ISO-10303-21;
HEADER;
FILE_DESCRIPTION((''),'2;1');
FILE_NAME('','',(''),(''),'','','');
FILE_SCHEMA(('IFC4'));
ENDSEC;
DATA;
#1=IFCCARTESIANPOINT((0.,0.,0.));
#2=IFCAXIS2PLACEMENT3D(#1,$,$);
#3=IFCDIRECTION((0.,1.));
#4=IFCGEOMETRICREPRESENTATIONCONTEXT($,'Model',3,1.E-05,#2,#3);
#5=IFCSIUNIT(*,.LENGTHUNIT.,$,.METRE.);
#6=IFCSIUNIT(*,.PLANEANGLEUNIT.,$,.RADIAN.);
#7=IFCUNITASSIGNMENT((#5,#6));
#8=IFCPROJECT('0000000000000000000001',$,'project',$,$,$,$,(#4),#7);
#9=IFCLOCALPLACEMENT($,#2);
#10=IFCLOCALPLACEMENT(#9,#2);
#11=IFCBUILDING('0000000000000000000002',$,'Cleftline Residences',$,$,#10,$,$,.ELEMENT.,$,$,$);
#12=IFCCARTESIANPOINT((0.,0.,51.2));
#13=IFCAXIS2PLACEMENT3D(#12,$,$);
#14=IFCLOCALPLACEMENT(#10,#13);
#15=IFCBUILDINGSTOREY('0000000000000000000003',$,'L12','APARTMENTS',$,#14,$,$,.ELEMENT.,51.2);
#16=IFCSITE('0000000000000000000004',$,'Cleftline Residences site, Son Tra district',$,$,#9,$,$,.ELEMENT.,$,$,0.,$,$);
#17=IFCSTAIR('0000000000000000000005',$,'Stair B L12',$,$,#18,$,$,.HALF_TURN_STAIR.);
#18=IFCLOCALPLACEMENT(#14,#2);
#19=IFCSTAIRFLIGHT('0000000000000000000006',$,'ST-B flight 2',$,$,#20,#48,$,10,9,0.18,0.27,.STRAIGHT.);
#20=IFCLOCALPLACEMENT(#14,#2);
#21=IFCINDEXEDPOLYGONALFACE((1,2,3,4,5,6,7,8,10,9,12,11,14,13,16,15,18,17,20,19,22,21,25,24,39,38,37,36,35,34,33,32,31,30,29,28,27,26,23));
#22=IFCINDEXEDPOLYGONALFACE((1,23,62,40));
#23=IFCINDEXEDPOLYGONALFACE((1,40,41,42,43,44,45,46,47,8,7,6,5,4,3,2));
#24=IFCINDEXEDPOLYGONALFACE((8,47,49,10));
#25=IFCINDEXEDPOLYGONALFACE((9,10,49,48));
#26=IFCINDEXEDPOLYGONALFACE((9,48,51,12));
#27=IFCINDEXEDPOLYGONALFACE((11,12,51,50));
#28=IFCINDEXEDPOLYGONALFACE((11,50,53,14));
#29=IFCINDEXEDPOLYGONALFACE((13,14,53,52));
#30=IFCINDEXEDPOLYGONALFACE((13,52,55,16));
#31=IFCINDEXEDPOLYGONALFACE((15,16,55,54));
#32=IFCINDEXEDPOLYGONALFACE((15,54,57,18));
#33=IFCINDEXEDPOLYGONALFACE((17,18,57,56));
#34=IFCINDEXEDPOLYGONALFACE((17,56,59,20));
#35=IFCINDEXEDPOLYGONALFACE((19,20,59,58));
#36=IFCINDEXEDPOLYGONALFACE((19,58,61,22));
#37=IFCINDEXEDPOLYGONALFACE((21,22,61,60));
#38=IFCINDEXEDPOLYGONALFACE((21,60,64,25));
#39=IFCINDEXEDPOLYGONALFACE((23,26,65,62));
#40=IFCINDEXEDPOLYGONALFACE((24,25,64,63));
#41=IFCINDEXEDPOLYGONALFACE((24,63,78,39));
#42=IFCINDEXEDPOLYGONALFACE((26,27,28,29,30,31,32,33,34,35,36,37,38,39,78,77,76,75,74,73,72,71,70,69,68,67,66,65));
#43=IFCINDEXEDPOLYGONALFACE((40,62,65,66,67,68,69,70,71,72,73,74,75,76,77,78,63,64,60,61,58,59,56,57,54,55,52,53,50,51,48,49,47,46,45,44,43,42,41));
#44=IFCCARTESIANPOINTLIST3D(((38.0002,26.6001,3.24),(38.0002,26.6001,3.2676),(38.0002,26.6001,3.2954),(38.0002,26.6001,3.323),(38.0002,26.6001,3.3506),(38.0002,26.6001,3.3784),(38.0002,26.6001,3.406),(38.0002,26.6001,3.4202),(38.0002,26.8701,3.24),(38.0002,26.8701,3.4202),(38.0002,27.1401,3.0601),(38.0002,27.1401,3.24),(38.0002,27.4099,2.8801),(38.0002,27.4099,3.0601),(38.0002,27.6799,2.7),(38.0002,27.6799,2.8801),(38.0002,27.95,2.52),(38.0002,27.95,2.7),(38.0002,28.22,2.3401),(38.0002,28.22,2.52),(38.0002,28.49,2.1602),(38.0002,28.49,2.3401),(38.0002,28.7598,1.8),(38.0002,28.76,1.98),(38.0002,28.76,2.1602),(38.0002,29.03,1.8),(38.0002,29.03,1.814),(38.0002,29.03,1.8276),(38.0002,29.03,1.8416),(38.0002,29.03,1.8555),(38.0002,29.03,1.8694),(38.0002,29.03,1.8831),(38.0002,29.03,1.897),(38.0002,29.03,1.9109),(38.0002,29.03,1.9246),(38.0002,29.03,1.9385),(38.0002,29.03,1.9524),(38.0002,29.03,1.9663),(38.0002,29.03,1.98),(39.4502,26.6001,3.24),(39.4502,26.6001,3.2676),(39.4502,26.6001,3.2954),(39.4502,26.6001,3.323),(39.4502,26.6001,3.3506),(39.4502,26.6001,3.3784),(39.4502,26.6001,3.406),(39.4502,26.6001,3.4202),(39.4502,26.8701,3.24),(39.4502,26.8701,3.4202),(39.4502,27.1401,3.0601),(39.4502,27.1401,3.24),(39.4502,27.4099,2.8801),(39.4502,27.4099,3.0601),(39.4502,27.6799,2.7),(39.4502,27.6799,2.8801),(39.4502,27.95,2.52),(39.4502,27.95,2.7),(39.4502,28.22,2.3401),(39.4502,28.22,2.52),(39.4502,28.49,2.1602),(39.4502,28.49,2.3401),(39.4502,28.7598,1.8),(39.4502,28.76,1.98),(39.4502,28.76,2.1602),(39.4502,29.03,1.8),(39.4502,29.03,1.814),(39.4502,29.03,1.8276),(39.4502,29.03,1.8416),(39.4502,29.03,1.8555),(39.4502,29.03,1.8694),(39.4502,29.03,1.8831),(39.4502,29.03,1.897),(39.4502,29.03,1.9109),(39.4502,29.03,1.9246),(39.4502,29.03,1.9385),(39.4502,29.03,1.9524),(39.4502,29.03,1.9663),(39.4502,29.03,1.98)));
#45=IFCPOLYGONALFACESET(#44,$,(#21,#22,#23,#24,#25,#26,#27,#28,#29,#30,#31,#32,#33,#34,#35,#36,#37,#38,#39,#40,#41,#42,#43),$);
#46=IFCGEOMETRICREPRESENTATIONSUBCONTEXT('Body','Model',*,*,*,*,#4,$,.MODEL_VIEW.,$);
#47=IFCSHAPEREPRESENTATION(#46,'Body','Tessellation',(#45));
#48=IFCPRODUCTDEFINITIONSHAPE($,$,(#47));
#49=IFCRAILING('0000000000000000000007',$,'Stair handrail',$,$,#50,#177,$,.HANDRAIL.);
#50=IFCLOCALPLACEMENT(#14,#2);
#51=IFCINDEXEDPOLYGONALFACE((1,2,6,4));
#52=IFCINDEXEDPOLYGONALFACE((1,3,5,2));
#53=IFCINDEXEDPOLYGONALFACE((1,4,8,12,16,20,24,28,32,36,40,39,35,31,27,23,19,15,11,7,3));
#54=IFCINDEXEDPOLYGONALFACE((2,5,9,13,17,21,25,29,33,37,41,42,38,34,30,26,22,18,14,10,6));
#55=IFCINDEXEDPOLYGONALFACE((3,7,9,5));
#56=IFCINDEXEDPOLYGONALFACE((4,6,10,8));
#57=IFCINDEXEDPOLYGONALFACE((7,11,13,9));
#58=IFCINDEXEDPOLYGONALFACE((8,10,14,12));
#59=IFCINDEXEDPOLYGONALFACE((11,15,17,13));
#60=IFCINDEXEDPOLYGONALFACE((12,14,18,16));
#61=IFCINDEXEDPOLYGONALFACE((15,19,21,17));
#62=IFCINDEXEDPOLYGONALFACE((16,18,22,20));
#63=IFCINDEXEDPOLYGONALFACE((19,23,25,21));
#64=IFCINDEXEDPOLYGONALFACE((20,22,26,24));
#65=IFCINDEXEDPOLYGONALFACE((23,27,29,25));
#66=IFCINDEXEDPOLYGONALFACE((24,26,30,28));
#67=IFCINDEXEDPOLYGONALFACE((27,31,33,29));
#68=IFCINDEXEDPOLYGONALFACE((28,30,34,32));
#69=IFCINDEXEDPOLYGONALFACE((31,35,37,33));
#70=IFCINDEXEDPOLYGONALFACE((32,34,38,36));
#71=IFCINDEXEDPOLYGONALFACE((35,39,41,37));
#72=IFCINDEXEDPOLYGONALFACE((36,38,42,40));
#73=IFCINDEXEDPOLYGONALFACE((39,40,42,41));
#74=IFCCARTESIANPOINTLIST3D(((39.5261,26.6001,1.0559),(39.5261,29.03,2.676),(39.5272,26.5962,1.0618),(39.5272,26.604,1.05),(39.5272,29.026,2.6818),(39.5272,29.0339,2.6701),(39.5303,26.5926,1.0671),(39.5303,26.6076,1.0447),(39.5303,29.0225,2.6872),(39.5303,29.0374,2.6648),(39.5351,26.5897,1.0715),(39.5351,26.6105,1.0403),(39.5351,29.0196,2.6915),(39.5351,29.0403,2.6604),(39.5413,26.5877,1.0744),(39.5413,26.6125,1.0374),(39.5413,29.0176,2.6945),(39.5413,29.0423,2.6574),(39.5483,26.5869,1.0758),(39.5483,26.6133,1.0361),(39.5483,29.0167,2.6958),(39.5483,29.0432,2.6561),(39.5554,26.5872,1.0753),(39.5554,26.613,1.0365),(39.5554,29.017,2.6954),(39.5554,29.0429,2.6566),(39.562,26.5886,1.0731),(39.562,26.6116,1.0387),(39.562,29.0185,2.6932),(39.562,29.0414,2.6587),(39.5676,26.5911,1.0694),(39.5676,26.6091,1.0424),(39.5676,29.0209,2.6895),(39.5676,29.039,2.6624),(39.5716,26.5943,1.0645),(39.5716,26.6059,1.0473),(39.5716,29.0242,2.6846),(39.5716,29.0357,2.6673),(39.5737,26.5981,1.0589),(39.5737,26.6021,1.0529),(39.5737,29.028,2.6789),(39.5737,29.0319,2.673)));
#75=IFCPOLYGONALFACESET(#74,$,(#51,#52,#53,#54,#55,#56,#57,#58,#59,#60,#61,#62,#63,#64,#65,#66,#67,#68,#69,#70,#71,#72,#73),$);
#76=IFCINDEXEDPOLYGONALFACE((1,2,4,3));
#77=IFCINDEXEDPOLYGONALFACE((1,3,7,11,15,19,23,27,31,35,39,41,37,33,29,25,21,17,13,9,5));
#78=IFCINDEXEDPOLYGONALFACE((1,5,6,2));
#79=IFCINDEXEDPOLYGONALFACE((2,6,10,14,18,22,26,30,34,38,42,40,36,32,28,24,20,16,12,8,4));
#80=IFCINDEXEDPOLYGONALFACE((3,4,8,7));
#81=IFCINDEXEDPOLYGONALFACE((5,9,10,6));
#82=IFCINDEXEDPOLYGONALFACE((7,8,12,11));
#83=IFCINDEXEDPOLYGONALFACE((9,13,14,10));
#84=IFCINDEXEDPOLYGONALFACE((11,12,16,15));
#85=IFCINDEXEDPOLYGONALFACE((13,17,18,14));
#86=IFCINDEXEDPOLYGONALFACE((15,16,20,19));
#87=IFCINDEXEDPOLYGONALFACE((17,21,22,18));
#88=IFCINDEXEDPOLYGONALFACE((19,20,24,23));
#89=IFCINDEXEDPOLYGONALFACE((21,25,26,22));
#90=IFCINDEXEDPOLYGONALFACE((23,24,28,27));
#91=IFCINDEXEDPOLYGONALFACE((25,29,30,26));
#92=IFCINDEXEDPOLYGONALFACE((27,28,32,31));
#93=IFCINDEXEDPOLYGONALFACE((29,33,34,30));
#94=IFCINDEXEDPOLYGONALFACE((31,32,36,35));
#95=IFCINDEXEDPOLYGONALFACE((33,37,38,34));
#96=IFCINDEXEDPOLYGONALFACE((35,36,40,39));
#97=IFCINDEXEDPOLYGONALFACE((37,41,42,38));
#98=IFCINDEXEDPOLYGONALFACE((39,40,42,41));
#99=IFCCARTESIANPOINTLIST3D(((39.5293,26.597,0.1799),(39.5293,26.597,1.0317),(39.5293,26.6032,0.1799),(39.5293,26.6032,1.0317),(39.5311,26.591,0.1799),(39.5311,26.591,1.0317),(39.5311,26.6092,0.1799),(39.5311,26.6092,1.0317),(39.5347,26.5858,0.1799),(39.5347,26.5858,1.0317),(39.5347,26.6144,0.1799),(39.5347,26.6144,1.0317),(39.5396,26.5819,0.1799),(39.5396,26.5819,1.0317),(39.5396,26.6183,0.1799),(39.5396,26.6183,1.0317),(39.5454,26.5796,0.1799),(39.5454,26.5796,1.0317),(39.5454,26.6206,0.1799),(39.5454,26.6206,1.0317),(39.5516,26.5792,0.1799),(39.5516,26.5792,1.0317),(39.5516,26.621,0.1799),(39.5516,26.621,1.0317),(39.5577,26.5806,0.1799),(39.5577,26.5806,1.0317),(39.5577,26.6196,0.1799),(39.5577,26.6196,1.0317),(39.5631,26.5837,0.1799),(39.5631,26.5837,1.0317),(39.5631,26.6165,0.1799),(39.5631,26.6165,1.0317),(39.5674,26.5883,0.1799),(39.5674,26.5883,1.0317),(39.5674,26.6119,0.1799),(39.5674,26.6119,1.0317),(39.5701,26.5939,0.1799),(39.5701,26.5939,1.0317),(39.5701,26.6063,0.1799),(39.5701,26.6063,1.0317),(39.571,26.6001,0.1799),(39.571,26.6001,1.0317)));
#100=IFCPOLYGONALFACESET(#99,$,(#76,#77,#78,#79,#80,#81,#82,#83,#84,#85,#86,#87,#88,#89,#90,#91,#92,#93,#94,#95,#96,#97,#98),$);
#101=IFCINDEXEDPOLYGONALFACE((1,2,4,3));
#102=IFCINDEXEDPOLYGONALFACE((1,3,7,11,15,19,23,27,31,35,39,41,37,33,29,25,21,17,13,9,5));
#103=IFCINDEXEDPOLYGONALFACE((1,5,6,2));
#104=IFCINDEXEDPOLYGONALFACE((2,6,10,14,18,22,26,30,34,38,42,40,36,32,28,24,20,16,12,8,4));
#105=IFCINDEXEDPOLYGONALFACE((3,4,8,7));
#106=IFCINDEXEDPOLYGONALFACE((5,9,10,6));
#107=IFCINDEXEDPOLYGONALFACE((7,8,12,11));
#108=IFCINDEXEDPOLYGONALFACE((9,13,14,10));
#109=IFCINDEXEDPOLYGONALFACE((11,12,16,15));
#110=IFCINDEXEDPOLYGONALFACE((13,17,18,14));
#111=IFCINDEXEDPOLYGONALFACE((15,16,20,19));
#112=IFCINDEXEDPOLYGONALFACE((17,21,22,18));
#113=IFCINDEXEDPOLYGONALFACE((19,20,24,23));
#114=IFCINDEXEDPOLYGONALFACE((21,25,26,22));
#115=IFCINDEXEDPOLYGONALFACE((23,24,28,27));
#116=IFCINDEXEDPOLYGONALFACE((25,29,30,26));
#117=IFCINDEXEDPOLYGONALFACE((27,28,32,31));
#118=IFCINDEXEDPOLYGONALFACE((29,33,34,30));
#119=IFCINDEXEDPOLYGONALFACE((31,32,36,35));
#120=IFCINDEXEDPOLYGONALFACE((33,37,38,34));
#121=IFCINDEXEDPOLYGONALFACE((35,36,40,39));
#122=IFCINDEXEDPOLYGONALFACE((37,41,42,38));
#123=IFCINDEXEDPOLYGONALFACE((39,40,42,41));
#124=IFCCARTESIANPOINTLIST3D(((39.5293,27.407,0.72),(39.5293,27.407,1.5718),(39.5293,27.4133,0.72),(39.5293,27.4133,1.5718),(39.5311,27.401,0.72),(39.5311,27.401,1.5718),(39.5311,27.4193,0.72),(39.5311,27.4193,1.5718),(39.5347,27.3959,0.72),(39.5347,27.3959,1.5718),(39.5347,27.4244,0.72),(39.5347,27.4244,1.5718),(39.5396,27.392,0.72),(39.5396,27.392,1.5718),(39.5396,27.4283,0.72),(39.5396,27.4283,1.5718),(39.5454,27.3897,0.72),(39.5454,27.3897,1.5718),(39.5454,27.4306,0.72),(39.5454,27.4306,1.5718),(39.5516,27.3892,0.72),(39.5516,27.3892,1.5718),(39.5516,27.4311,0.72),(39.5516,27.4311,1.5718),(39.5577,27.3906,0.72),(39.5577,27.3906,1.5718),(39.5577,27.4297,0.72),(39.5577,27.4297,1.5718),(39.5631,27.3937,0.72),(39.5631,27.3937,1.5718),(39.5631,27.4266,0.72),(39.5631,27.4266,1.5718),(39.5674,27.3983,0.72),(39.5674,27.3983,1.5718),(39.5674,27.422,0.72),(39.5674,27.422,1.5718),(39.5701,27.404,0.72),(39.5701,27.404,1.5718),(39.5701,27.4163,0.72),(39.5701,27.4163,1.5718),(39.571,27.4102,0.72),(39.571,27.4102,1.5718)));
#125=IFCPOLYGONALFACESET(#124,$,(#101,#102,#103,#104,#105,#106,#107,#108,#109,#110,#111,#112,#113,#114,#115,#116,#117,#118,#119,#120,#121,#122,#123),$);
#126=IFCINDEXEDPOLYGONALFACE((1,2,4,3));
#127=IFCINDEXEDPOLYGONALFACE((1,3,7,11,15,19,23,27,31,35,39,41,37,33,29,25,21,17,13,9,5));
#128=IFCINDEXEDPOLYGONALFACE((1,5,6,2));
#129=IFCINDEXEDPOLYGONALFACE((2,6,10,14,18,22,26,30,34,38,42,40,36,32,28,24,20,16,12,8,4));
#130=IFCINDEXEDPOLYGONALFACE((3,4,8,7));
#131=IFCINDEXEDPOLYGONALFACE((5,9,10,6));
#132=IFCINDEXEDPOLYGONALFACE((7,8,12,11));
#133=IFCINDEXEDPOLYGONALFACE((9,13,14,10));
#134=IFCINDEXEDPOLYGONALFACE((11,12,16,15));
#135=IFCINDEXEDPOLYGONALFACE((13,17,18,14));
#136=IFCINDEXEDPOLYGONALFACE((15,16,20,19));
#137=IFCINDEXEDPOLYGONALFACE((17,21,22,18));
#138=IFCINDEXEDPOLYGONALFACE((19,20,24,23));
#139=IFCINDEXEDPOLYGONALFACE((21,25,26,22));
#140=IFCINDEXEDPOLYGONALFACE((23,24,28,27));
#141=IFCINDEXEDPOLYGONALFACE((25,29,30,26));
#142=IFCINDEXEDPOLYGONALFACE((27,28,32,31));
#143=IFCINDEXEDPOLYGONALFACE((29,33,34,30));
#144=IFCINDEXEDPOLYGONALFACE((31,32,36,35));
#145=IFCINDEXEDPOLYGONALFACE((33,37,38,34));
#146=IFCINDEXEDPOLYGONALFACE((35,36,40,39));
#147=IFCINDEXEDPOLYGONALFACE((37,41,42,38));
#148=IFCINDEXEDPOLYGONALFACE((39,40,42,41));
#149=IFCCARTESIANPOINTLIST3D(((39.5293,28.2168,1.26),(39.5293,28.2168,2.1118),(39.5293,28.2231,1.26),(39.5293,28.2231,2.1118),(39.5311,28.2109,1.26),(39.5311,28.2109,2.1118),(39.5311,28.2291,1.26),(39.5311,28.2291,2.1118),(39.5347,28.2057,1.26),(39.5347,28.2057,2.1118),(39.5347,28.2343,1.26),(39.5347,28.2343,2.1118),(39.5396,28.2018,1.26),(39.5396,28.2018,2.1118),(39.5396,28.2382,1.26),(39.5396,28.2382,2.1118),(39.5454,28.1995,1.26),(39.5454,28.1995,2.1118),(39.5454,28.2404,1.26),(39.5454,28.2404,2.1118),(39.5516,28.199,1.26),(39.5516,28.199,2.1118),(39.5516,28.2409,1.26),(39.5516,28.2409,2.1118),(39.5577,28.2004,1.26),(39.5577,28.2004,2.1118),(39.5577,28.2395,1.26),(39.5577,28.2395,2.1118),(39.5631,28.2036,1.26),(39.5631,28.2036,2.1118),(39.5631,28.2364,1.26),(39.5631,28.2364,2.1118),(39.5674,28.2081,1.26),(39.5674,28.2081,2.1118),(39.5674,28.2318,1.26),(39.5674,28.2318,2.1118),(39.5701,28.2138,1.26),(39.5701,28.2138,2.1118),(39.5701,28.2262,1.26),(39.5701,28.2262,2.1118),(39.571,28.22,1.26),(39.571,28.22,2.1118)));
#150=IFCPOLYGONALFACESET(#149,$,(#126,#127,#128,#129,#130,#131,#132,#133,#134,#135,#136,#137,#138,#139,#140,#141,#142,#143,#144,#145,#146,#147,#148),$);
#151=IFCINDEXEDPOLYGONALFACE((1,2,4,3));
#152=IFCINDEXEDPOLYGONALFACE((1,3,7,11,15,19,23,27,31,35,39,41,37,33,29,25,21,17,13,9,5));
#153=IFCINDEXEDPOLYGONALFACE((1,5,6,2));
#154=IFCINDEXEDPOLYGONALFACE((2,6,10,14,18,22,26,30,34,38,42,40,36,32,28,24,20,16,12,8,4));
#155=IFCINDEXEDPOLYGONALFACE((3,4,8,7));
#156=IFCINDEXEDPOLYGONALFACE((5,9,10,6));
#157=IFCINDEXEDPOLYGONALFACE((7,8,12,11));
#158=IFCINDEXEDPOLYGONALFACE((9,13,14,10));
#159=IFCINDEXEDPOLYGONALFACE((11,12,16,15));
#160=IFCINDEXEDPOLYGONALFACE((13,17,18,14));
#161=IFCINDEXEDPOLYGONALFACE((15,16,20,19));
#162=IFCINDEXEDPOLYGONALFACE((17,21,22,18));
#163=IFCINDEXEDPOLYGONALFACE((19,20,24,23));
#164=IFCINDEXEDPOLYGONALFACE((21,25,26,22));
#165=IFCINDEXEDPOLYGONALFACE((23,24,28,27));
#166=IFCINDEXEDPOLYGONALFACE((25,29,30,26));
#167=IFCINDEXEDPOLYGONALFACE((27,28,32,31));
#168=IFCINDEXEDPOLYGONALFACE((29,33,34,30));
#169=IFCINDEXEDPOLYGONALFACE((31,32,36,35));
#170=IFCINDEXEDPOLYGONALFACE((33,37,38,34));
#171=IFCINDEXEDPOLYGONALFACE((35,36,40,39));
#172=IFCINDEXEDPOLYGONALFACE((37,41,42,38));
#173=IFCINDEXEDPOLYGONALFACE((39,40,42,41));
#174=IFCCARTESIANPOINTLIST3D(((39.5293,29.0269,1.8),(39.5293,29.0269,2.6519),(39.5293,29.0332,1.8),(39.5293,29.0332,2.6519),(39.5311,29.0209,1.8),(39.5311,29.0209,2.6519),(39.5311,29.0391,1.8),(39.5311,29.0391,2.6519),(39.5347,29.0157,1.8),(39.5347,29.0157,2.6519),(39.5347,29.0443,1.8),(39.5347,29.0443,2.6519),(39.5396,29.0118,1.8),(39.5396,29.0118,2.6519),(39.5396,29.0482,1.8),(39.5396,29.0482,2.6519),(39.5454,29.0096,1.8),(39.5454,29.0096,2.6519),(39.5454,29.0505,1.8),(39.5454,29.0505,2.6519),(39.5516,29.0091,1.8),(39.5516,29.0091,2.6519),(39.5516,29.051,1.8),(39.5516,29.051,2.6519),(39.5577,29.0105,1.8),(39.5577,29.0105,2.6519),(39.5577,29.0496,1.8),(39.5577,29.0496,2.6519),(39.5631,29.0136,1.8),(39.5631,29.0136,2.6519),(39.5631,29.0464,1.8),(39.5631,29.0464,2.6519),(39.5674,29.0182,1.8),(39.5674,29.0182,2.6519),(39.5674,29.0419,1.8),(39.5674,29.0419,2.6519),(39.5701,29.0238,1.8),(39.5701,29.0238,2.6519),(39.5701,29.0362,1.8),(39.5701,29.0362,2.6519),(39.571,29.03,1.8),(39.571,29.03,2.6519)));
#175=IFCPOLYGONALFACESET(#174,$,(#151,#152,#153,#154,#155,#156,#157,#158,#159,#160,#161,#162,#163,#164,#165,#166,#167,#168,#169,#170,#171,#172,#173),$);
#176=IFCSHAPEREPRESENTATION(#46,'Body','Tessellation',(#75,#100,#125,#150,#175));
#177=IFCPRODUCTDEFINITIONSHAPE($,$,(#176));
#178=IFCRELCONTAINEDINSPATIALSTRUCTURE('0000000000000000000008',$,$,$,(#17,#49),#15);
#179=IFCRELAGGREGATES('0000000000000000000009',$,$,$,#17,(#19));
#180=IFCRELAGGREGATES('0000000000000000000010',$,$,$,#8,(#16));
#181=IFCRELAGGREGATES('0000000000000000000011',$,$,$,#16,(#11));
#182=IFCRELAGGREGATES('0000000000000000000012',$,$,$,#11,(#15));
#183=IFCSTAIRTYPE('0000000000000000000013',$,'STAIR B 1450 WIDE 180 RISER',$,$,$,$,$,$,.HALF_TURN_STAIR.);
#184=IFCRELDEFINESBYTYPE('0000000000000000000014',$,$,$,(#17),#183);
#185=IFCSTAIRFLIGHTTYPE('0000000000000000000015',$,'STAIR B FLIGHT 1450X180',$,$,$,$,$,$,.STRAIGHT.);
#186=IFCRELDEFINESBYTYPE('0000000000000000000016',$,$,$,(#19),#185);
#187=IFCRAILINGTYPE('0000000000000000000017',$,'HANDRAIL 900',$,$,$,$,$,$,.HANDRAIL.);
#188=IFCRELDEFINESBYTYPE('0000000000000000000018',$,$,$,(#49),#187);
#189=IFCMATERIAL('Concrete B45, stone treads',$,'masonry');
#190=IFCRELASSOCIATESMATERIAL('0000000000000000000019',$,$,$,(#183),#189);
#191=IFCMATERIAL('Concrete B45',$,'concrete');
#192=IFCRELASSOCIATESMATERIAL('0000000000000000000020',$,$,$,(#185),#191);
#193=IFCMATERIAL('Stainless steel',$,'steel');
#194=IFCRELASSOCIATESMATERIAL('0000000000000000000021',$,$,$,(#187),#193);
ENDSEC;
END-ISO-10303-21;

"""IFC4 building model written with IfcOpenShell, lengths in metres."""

from ifc_helpers import new_model, si_unit, direction, frame, origin, origin_2d, place, context, subcontext, project, spatial, polyline, circle, outline, extrude, material, type_object, element, aggregate, save


model = new_model("IFC4")

# Units and contexts
model_context = context("Model", 3, precision=1e-05, world=origin(), true_north=direction((0.0, 1.0)))
body_context = subcontext(model_context, "Body", "Model", "MODEL_VIEW")
ifc_project = project(units=[si_unit("LENGTHUNIT", "METRE"), si_unit("PLANEANGLEUNIT", "RADIAN")], contexts=[model_context])

# Site, building, storey
site_placement = place(None, origin())
site = spatial("IfcSite", under=ifc_project, at=site_placement, Name="Cleftline Residences site, Son Tra district", CompositionType="ELEMENT", RefElevation=0.0)
building_placement = place(site_placement, origin())
building = spatial("IfcBuilding", under=site, at=building_placement, Name="Cleftline Residences", CompositionType="ELEMENT")
storey_placement = place(building_placement, frame((0.0, 0.0, 51.2)))
storey = spatial("IfcBuildingStorey", under=building, at=storey_placement, Name="L12", Description="APARTMENTS", CompositionType="ELEMENT", Elevation=51.2)

# Stair, stair flight
ifc_material_1 = material(Name="Concrete B45, stone treads", Category="masonry")
stair_type = type_object("IfcStairType", Name="STAIR B 1450 WIDE 180 RISER", PredefinedType="HALF_TURN_STAIR", material=ifc_material_1)
stair_placement = place(storey_placement, origin())
stair = element("IfcStair", 1, at=stair_placement, inside=storey, type_object=stair_type, Name="Stair B L12", PredefinedType="HALF_TURN_STAIR")
ifc_material_2 = material(Name="Concrete B45", Category="concrete")
stair_flight_type = type_object("IfcStairFlightType", Name="STAIR B FLIGHT 1450X180", PredefinedType="STRAIGHT", material=ifc_material_2)
stair_flight_1_placement = place(storey_placement, frame((38.7251, 29.03, 1.8), z_axis=(0.0, 0.0, 1.0), x_axis=(0.0, -1.0, 0.0)))
stair_flight_1 = element("IfcStairFlight", 2, at=stair_flight_1_placement, type_object=stair_flight_type, Name="ST-B flight 2", NumberOfRisers=10, NumberOfTreads=9, PredefinedType="STRAIGHT", RiserHeight=0.18, TreadLength=0.27, context=body_context, shape_type="SweptSolid", body=[
    extrude(outline(polyline([(0.0, 0.0), (0.0, 0.0139), (0.0, 0.0276), (0.0, 0.0415), (0.0, 0.0554), (0.0, 0.0693), (0.0, 0.083), (0.0, 0.0969), (0.0, 0.1108), (0.0, 0.1245), (0.0, 0.1384), (0.0, 0.1523), (0.0, 0.1663), (0.0, 0.1799), (0.27, 0.1799), (0.27, 0.3601), (0.54, 0.3601), (0.54, 0.54), (0.8101, 0.54), (0.8101, 0.72), (1.0801, 0.72), (1.0801, 0.8999), (1.3501, 0.8999), (1.3501, 1.0801), (1.6201, 1.0801), (1.6201, 1.26), (1.8899, 1.26), (1.8899, 1.4399), (2.1599, 1.4399), (2.1599, 1.6201), (2.4299, 1.6201), (2.4299, 1.8), (2.4299, 1.7722), (2.4299, 1.7446), (2.4299, 1.7168), (2.4299, 1.6892), (2.4299, 1.6614), (2.4299, 1.6338), (2.4299, 1.606), (2.4299, 1.5784), (2.4299, 1.5505), (2.4299, 1.5229), (2.4299, 1.4954), (2.4299, 1.4675), (2.4299, 1.4399), (0.2703, 0.0), (0.0, 0.0)])), frame((0.0, 0.7251, 0.0), z_axis=(0.0, -1.0, 0.0), x_axis=(1.0, 0.0, 0.0)), (0.0, 0.0, 1.0), 1.45),
])
aggregate(stair, [stair_flight_1])

# Railing
ifc_material_3 = material(Name="Stainless steel", Category="steel")
railing_type = type_object("IfcRailingType", Name="HANDRAIL 900", PredefinedType="HANDRAIL", material=ifc_material_3)
railing_1_placement = place(storey_placement, frame((39.55, 26.6001, 0.1799)))
element("IfcRailing", 3, at=railing_1_placement, inside=storey, type_object=railing_type, Name="Stair handrail", PredefinedType="HANDRAIL", context=body_context, shape_type="SweptSolid", body=[
    extrude(circle(Radius=0.0239, at=origin_2d()), frame((0.0, 0.0, 0.876), z_axis=(0.0, 0.832025, 0.554739), x_axis=(-1.0, 0.0, 0.0)), (0.0, 0.0, 1.0), 2.9204),
    extrude(circle(Radius=0.021, at=origin_2d()), origin(), (0.0, 0.0, 1.0), 0.8518),
    extrude(circle(Radius=0.021, at=origin_2d()), frame((0.0, 0.8101, 0.54)), (0.0, 0.0, 1.0), 0.8518),
    extrude(circle(Radius=0.021, at=origin_2d()), frame((0.0, 1.6199, 1.0801)), (0.0, 0.0, 1.0), 0.8518),
    extrude(circle(Radius=0.021, at=origin_2d()), frame((0.0, 2.4299, 1.6201)), (0.0, 0.0, 1.0), 0.8518),
])

save(model, "model.ifc")
